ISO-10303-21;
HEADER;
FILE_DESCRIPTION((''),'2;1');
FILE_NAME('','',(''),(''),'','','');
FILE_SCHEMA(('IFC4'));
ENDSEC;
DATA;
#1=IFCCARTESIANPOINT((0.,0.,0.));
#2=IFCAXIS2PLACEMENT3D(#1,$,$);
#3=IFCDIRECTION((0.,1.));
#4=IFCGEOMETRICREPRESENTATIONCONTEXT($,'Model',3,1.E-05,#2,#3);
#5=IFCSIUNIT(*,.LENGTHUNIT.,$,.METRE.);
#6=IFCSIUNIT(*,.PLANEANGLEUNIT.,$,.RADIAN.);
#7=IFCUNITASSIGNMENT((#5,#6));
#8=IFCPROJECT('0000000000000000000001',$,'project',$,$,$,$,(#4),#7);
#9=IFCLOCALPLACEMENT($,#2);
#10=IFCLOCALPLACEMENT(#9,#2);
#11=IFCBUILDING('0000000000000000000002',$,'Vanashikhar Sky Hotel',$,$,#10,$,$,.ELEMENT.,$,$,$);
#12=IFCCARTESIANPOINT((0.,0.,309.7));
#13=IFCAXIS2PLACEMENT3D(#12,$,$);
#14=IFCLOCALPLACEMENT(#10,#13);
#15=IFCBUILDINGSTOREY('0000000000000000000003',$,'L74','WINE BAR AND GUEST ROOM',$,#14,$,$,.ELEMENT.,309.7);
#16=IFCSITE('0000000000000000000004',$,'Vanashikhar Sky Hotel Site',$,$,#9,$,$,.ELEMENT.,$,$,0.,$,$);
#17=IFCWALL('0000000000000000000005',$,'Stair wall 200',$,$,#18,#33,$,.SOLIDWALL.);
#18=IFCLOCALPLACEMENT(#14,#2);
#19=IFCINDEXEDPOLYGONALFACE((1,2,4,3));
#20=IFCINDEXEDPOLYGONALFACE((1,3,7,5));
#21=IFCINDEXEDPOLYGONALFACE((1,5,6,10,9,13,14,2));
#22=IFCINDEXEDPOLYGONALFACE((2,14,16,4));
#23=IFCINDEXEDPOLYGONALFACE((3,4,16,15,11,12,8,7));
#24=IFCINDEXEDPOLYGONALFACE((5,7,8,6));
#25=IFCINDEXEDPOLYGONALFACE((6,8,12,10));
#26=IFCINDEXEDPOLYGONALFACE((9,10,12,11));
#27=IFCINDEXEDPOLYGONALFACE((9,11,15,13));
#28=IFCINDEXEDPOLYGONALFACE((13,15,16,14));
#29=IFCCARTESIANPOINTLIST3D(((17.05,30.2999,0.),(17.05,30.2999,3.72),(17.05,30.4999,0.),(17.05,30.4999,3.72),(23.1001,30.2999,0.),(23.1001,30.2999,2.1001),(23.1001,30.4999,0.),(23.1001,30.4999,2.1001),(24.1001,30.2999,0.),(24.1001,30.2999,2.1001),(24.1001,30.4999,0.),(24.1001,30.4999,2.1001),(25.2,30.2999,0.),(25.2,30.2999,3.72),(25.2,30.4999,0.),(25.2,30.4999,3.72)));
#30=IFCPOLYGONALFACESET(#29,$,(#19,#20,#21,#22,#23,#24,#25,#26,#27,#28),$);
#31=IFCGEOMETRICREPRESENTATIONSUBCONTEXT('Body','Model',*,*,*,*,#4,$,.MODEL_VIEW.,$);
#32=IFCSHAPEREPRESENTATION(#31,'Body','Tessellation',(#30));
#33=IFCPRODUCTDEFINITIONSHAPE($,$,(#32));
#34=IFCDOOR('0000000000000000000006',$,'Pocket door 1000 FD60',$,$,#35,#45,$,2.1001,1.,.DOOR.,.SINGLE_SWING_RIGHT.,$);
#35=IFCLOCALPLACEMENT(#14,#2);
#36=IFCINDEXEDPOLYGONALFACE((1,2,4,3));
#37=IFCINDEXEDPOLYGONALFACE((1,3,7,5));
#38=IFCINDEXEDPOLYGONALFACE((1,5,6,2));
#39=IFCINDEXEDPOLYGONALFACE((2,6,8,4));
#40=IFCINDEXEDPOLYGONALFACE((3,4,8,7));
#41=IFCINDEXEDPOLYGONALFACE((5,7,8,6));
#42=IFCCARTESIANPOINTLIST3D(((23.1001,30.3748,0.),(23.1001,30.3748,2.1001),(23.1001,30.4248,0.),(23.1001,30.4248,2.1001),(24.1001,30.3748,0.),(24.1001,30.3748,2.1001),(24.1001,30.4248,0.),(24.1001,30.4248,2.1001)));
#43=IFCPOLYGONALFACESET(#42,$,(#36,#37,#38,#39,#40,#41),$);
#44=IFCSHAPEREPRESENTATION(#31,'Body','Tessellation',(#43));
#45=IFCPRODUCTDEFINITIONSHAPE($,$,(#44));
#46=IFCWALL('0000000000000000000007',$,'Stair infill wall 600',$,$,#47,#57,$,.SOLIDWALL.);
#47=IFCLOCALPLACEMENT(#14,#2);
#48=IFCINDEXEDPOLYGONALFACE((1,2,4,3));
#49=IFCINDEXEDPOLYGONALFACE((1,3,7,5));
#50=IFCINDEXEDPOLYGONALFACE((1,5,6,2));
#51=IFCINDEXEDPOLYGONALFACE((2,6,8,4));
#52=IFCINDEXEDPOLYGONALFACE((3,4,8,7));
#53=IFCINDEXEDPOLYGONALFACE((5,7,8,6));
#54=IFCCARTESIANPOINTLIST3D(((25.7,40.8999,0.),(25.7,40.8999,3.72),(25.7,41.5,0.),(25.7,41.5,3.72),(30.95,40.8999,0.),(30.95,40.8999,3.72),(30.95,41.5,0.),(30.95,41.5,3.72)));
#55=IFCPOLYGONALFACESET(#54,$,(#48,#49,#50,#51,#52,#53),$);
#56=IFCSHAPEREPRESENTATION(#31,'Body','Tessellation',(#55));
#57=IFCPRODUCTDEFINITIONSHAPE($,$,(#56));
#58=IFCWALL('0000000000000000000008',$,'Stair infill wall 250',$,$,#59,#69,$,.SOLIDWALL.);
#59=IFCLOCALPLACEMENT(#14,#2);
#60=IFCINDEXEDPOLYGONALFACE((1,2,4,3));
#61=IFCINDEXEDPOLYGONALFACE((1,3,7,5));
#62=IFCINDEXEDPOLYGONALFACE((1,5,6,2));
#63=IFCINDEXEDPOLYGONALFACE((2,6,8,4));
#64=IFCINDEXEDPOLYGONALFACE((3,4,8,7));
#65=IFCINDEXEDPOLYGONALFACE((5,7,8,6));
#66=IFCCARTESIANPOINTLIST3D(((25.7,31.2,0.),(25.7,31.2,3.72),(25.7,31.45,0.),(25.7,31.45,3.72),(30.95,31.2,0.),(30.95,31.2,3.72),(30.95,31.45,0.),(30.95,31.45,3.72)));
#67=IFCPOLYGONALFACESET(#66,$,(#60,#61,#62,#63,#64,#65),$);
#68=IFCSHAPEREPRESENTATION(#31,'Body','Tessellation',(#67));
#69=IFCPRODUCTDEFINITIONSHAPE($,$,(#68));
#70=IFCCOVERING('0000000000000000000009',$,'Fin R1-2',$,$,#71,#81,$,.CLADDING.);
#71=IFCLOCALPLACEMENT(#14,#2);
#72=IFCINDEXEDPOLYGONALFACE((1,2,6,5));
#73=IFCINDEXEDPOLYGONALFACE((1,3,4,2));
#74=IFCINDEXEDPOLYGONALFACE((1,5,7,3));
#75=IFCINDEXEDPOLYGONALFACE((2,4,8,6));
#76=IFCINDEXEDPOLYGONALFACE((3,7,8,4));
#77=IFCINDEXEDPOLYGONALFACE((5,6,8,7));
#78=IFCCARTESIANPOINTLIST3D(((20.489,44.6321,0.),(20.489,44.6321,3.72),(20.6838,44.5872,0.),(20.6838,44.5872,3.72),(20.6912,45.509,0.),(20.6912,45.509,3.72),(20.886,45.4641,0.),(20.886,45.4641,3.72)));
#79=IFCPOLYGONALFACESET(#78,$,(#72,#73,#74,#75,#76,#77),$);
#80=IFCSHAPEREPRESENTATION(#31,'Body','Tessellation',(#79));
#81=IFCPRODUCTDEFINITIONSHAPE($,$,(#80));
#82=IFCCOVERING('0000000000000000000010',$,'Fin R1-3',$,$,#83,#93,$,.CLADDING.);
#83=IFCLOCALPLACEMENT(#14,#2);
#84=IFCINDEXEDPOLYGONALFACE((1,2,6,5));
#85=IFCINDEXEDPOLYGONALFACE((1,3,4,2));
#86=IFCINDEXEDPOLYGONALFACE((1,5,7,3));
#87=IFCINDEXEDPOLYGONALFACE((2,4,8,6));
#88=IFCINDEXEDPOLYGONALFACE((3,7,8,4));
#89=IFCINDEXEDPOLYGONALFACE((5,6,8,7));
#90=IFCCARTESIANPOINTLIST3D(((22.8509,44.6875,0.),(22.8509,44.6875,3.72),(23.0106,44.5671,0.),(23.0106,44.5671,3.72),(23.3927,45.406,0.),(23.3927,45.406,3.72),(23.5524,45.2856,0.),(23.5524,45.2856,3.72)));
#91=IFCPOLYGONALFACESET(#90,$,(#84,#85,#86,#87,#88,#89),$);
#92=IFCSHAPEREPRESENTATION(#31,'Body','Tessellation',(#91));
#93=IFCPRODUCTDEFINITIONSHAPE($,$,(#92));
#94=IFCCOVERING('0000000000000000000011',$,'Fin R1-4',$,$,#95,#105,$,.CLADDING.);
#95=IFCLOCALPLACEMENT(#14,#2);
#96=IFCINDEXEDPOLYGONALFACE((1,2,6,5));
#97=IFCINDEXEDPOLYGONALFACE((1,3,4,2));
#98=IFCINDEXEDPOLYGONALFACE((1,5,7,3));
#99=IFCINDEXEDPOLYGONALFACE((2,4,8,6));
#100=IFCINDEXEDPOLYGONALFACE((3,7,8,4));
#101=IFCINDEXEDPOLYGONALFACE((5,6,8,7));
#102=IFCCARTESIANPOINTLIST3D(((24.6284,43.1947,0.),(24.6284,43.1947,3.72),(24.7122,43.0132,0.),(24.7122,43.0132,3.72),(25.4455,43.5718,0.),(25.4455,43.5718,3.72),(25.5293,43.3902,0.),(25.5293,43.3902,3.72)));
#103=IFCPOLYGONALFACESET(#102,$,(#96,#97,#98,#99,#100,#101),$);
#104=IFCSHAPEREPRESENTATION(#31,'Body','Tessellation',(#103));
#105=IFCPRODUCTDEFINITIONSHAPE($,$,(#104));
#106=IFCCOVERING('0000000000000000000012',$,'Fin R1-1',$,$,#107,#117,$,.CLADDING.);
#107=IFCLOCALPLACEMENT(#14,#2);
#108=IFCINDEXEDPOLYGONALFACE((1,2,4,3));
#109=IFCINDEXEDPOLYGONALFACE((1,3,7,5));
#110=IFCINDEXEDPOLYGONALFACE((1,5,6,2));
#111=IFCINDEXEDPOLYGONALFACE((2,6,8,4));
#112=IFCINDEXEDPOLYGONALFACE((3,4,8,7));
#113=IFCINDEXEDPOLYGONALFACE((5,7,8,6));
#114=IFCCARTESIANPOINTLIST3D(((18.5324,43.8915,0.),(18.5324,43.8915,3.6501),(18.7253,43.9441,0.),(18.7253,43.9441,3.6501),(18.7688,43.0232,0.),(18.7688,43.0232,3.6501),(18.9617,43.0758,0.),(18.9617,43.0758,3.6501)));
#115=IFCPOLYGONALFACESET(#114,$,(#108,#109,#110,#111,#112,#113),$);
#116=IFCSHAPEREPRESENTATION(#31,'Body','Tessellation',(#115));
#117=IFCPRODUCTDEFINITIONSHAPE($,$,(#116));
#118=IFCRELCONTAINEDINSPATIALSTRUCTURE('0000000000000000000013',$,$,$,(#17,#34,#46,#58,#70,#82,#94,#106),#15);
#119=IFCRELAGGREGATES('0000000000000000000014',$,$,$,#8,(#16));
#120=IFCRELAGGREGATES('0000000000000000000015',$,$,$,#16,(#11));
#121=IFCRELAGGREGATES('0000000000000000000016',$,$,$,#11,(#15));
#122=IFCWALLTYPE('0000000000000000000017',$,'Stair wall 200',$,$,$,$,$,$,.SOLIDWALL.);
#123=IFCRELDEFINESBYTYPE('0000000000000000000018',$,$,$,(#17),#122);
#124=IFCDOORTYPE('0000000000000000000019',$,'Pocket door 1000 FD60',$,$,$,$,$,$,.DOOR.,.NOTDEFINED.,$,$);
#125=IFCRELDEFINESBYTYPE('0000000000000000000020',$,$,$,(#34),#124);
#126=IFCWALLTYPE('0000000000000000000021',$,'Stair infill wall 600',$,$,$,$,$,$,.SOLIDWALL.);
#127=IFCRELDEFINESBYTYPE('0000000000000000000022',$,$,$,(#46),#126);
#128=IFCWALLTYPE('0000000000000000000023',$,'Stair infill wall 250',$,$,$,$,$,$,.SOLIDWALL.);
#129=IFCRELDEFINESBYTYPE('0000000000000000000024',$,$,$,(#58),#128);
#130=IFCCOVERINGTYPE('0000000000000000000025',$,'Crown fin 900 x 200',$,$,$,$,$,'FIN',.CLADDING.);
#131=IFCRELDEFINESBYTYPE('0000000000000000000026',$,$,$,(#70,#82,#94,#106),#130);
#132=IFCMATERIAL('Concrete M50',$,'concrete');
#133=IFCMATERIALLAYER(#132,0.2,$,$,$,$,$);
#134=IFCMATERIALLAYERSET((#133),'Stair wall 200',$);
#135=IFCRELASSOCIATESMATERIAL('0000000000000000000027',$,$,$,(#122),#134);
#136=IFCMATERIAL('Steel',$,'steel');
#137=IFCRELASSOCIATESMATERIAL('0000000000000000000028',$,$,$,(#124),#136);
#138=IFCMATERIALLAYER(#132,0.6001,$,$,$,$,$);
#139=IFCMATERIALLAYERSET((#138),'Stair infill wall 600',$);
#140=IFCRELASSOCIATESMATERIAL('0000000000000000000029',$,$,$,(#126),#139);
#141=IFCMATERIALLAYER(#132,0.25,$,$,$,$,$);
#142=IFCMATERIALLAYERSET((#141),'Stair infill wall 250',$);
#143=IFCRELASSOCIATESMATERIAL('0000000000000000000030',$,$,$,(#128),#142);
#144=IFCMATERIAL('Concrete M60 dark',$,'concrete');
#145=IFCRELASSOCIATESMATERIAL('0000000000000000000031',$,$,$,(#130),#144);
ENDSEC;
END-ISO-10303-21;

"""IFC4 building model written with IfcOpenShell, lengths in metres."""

from ifc_helpers import new_model, si_unit, direction, frame, frame_2d, origin, origin_2d, place, context, subcontext, project, spatial, rectangle, extrude, source, transform, mapped, material, layer, layer_set, material_profile, profile_set, type_object, element, fill, save


model = new_model("IFC4")

# Units and contexts
model_context = context("Model", 3, precision=1e-05, world=origin(), true_north=direction((0.0, 1.0)))
body_context = subcontext(model_context, "Body", "Model", "MODEL_VIEW")
ifc_project = project(units=[si_unit("LENGTHUNIT", "METRE"), si_unit("PLANEANGLEUNIT", "RADIAN")], contexts=[model_context])

# Site, building, storey
site_placement = place(None, origin())
site = spatial("IfcSite", under=ifc_project, at=site_placement, Name="Vanashikhar Sky Hotel Site", CompositionType="ELEMENT", RefElevation=0.0)
building_placement = place(site_placement, origin())
building = spatial("IfcBuilding", under=site, at=building_placement, Name="Vanashikhar Sky Hotel", CompositionType="ELEMENT")
storey_placement = place(building_placement, frame((0.0, 0.0, 309.7)))
storey = spatial("IfcBuildingStorey", under=building, at=storey_placement, Name="L74", Description="WINE BAR AND GUEST ROOM", CompositionType="ELEMENT", Elevation=309.7)

# Shared definitions
ifc_material_1 = material(Name="Concrete M50", Category="concrete")

# Wall, opening, door
ifc_layer_1 = layer(ifc_material_1, 0.2)
ifc_layer_set_1 = layer_set([ifc_layer_1], Name="Stair wall 200")
wall_type_1 = type_object("IfcWallType", Name="Stair wall 200", PredefinedType="SOLIDWALL", material=ifc_layer_set_1)
shared_shape_1 = source(origin(), body_context, "Body", "SweptSolid", [
    extrude(rectangle(XDim=8.1499, YDim=0.2, at=frame_2d((4.075, 0.0))), origin(), (0.0, 0.0, 1.0), 3.72),
])
wall_1_placement = place(storey_placement, frame((17.05, 30.3999, 0.0), z_axis=(0.0, 0.0, 1.0), x_axis=(1.0, 0.0, 0.0)))
wall_1 = element("IfcWall", 1, at=wall_1_placement, inside=storey, type_object=wall_type_1, Name="Stair wall 200", PredefinedType="SOLIDWALL", context=body_context, shape_type="MappedRepresentation", body=[
    mapped(shared_shape_1, transform((0.0, 0.0, 0.0), scale=1.0)),
])
shared_shape_2 = source(origin(), body_context, "Body", "SweptSolid", [
    extrude(rectangle(XDim=1.0, YDim=2.1001, at=frame_2d((0.5, 1.05))), frame((0.0, 0.1099, 0.0), z_axis=(0.0, -1.0, 0.0), x_axis=(1.0, 0.0, 0.0)), (0.0, 0.0, 1.0), 0.22),
])
opening_1_placement = place(wall_1_placement, frame((6.05, 0.0, 0.0)))
opening_1 = element("IfcOpeningElement", 2, at=opening_1_placement, cuts=wall_1, PredefinedType="OPENING", context=body_context, shape_type="MappedRepresentation", body=[
    mapped(shared_shape_2, transform((0.0, 0.0, 0.0), scale=1.0)),
])
ifc_material_2 = material(Name="Steel", Category="steel")
door_type_1 = type_object("IfcDoorType", Name="Pocket door 1000 FD60", OperationType="NOTDEFINED", PredefinedType="DOOR", material=ifc_material_2)
shared_shape_3 = source(origin(), body_context, "Body", "SweptSolid", [
    extrude(rectangle(XDim=1.0, YDim=2.1001, at=frame_2d((0.5, 1.05))), frame((0.0, 0.0249, 0.0), z_axis=(0.0, -1.0, 0.0), x_axis=(1.0, 0.0, 0.0)), (0.0, 0.0, 1.0), 0.05),
])
door_1_placement = place(opening_1_placement, origin())
door_1 = element("IfcDoor", 3, at=door_1_placement, inside=storey, type_object=door_type_1, Name="Pocket door 1000 FD60", OperationType="SINGLE_SWING_RIGHT", OverallHeight=2.1001, OverallWidth=1.0, PredefinedType="DOOR", context=body_context, shape_type="MappedRepresentation", body=[
    mapped(shared_shape_3, transform((0.0, 0.0, 0.0), scale=1.0)),
])
fill(opening_1, door_1)

# Walls
ifc_layer_2 = layer(ifc_material_1, 0.6001)
ifc_layer_set_2 = layer_set([ifc_layer_2], Name="Stair infill wall 600")
wall_type_2 = type_object("IfcWallType", Name="Stair infill wall 600", PredefinedType="SOLIDWALL", material=ifc_layer_set_2)
shared_shape_4 = source(origin(), body_context, "Body", "SweptSolid", [
    extrude(rectangle(XDim=5.25, YDim=0.6001, at=frame_2d((2.625, 0.0))), origin(), (0.0, 0.0, 1.0), 3.72),
])
wall_2_placement = place(storey_placement, frame((25.7, 41.2, 0.0), z_axis=(0.0, 0.0, 1.0), x_axis=(1.0, 0.0, 0.0)))
element("IfcWall", 4, at=wall_2_placement, inside=storey, type_object=wall_type_2, Name="Stair infill wall 600", PredefinedType="SOLIDWALL", context=body_context, shape_type="MappedRepresentation", body=[
    mapped(shared_shape_4, transform((0.0, 0.0, 0.0), scale=1.0)),
])
ifc_layer_3 = layer(ifc_material_1, 0.25)
ifc_layer_set_3 = layer_set([ifc_layer_3], Name="Stair infill wall 250")
wall_type_3 = type_object("IfcWallType", Name="Stair infill wall 250", PredefinedType="SOLIDWALL", material=ifc_layer_set_3)
shared_shape_5 = source(origin(), body_context, "Body", "SweptSolid", [
    extrude(rectangle(XDim=5.25, YDim=0.25, at=frame_2d((2.625, 0.0))), origin(), (0.0, 0.0, 1.0), 3.72),
])
wall_3_placement = place(storey_placement, frame((25.7, 31.325, 0.0), z_axis=(0.0, 0.0, 1.0), x_axis=(1.0, 0.0, 0.0)))
element("IfcWall", 5, at=wall_3_placement, inside=storey, type_object=wall_type_3, Name="Stair infill wall 250", PredefinedType="SOLIDWALL", context=body_context, shape_type="MappedRepresentation", body=[
    mapped(shared_shape_5, transform((0.0, 0.0, 0.0), scale=1.0)),
])

# Coverings
ifc_material_3 = material(Name="Concrete M60 dark", Category="concrete")
ifc_material_profile = material_profile(ifc_material_3, rectangle(XDim=0.8999, YDim=0.2, at=origin_2d()))
ifc_profile_set = profile_set([ifc_material_profile], Name="Crown fin 900 x 200")
covering_type = type_object("IfcCoveringType", Name="Crown fin 900 x 200", ElementType="FIN", PredefinedType="CLADDING", material=ifc_profile_set)
shared_shape_6 = source(origin(), body_context, "Body", "SweptSolid", [
    extrude(rectangle(XDim=0.8999, YDim=0.2, at=origin_2d()), origin(), (0.0, 0.0, 1.0), 3.72),
])
for number, where, z_axis, x_axis, name in (
    (6, (20.6875, 45.0481, 0.0), (0.0, 0.0, 1.0), (0.224645, 0.974441, 0.0), "Fin R1-2"),
    (7, (23.2017, 44.9866, 0.0), (0.0, 0.0, 1.0), (0.602066, 0.798446, 0.0), "Fin R1-3"),
    (8, (25.0789, 43.2925, 0.0), (0.0, 0.0, 1.0), (0.908004, 0.418961, 0.0), "Fin R1-4"),
):
    element("IfcCovering", number, at=place(storey_placement, frame(where, z_axis=z_axis, x_axis=x_axis)), inside=storey, type_object=covering_type, Name=name, PredefinedType="CLADDING", context=body_context, shape_type="MappedRepresentation", body=[
        mapped(shared_shape_6, transform((0.0, 0.0, 0.0), scale=1.0)),
    ])
shared_shape_7 = source(origin(), body_context, "Body", "SweptSolid", [
    extrude(rectangle(XDim=0.8999, YDim=0.2, at=origin_2d()), origin(), (0.0, 0.0, 1.0), 3.6501),
])
covering_placement = place(storey_placement, frame((18.7471, 43.4836, 0.0), z_axis=(0.0, 0.0, 1.0), x_axis=(-0.262711, 0.964874, 0.0)))
element("IfcCovering", 9, at=covering_placement, inside=storey, type_object=covering_type, Name="Fin R1-1", PredefinedType="CLADDING", context=body_context, shape_type="MappedRepresentation", body=[
    mapped(shared_shape_7, transform((0.0, 0.0, 0.0), scale=1.0)),
])

save(model, "model.ifc")
